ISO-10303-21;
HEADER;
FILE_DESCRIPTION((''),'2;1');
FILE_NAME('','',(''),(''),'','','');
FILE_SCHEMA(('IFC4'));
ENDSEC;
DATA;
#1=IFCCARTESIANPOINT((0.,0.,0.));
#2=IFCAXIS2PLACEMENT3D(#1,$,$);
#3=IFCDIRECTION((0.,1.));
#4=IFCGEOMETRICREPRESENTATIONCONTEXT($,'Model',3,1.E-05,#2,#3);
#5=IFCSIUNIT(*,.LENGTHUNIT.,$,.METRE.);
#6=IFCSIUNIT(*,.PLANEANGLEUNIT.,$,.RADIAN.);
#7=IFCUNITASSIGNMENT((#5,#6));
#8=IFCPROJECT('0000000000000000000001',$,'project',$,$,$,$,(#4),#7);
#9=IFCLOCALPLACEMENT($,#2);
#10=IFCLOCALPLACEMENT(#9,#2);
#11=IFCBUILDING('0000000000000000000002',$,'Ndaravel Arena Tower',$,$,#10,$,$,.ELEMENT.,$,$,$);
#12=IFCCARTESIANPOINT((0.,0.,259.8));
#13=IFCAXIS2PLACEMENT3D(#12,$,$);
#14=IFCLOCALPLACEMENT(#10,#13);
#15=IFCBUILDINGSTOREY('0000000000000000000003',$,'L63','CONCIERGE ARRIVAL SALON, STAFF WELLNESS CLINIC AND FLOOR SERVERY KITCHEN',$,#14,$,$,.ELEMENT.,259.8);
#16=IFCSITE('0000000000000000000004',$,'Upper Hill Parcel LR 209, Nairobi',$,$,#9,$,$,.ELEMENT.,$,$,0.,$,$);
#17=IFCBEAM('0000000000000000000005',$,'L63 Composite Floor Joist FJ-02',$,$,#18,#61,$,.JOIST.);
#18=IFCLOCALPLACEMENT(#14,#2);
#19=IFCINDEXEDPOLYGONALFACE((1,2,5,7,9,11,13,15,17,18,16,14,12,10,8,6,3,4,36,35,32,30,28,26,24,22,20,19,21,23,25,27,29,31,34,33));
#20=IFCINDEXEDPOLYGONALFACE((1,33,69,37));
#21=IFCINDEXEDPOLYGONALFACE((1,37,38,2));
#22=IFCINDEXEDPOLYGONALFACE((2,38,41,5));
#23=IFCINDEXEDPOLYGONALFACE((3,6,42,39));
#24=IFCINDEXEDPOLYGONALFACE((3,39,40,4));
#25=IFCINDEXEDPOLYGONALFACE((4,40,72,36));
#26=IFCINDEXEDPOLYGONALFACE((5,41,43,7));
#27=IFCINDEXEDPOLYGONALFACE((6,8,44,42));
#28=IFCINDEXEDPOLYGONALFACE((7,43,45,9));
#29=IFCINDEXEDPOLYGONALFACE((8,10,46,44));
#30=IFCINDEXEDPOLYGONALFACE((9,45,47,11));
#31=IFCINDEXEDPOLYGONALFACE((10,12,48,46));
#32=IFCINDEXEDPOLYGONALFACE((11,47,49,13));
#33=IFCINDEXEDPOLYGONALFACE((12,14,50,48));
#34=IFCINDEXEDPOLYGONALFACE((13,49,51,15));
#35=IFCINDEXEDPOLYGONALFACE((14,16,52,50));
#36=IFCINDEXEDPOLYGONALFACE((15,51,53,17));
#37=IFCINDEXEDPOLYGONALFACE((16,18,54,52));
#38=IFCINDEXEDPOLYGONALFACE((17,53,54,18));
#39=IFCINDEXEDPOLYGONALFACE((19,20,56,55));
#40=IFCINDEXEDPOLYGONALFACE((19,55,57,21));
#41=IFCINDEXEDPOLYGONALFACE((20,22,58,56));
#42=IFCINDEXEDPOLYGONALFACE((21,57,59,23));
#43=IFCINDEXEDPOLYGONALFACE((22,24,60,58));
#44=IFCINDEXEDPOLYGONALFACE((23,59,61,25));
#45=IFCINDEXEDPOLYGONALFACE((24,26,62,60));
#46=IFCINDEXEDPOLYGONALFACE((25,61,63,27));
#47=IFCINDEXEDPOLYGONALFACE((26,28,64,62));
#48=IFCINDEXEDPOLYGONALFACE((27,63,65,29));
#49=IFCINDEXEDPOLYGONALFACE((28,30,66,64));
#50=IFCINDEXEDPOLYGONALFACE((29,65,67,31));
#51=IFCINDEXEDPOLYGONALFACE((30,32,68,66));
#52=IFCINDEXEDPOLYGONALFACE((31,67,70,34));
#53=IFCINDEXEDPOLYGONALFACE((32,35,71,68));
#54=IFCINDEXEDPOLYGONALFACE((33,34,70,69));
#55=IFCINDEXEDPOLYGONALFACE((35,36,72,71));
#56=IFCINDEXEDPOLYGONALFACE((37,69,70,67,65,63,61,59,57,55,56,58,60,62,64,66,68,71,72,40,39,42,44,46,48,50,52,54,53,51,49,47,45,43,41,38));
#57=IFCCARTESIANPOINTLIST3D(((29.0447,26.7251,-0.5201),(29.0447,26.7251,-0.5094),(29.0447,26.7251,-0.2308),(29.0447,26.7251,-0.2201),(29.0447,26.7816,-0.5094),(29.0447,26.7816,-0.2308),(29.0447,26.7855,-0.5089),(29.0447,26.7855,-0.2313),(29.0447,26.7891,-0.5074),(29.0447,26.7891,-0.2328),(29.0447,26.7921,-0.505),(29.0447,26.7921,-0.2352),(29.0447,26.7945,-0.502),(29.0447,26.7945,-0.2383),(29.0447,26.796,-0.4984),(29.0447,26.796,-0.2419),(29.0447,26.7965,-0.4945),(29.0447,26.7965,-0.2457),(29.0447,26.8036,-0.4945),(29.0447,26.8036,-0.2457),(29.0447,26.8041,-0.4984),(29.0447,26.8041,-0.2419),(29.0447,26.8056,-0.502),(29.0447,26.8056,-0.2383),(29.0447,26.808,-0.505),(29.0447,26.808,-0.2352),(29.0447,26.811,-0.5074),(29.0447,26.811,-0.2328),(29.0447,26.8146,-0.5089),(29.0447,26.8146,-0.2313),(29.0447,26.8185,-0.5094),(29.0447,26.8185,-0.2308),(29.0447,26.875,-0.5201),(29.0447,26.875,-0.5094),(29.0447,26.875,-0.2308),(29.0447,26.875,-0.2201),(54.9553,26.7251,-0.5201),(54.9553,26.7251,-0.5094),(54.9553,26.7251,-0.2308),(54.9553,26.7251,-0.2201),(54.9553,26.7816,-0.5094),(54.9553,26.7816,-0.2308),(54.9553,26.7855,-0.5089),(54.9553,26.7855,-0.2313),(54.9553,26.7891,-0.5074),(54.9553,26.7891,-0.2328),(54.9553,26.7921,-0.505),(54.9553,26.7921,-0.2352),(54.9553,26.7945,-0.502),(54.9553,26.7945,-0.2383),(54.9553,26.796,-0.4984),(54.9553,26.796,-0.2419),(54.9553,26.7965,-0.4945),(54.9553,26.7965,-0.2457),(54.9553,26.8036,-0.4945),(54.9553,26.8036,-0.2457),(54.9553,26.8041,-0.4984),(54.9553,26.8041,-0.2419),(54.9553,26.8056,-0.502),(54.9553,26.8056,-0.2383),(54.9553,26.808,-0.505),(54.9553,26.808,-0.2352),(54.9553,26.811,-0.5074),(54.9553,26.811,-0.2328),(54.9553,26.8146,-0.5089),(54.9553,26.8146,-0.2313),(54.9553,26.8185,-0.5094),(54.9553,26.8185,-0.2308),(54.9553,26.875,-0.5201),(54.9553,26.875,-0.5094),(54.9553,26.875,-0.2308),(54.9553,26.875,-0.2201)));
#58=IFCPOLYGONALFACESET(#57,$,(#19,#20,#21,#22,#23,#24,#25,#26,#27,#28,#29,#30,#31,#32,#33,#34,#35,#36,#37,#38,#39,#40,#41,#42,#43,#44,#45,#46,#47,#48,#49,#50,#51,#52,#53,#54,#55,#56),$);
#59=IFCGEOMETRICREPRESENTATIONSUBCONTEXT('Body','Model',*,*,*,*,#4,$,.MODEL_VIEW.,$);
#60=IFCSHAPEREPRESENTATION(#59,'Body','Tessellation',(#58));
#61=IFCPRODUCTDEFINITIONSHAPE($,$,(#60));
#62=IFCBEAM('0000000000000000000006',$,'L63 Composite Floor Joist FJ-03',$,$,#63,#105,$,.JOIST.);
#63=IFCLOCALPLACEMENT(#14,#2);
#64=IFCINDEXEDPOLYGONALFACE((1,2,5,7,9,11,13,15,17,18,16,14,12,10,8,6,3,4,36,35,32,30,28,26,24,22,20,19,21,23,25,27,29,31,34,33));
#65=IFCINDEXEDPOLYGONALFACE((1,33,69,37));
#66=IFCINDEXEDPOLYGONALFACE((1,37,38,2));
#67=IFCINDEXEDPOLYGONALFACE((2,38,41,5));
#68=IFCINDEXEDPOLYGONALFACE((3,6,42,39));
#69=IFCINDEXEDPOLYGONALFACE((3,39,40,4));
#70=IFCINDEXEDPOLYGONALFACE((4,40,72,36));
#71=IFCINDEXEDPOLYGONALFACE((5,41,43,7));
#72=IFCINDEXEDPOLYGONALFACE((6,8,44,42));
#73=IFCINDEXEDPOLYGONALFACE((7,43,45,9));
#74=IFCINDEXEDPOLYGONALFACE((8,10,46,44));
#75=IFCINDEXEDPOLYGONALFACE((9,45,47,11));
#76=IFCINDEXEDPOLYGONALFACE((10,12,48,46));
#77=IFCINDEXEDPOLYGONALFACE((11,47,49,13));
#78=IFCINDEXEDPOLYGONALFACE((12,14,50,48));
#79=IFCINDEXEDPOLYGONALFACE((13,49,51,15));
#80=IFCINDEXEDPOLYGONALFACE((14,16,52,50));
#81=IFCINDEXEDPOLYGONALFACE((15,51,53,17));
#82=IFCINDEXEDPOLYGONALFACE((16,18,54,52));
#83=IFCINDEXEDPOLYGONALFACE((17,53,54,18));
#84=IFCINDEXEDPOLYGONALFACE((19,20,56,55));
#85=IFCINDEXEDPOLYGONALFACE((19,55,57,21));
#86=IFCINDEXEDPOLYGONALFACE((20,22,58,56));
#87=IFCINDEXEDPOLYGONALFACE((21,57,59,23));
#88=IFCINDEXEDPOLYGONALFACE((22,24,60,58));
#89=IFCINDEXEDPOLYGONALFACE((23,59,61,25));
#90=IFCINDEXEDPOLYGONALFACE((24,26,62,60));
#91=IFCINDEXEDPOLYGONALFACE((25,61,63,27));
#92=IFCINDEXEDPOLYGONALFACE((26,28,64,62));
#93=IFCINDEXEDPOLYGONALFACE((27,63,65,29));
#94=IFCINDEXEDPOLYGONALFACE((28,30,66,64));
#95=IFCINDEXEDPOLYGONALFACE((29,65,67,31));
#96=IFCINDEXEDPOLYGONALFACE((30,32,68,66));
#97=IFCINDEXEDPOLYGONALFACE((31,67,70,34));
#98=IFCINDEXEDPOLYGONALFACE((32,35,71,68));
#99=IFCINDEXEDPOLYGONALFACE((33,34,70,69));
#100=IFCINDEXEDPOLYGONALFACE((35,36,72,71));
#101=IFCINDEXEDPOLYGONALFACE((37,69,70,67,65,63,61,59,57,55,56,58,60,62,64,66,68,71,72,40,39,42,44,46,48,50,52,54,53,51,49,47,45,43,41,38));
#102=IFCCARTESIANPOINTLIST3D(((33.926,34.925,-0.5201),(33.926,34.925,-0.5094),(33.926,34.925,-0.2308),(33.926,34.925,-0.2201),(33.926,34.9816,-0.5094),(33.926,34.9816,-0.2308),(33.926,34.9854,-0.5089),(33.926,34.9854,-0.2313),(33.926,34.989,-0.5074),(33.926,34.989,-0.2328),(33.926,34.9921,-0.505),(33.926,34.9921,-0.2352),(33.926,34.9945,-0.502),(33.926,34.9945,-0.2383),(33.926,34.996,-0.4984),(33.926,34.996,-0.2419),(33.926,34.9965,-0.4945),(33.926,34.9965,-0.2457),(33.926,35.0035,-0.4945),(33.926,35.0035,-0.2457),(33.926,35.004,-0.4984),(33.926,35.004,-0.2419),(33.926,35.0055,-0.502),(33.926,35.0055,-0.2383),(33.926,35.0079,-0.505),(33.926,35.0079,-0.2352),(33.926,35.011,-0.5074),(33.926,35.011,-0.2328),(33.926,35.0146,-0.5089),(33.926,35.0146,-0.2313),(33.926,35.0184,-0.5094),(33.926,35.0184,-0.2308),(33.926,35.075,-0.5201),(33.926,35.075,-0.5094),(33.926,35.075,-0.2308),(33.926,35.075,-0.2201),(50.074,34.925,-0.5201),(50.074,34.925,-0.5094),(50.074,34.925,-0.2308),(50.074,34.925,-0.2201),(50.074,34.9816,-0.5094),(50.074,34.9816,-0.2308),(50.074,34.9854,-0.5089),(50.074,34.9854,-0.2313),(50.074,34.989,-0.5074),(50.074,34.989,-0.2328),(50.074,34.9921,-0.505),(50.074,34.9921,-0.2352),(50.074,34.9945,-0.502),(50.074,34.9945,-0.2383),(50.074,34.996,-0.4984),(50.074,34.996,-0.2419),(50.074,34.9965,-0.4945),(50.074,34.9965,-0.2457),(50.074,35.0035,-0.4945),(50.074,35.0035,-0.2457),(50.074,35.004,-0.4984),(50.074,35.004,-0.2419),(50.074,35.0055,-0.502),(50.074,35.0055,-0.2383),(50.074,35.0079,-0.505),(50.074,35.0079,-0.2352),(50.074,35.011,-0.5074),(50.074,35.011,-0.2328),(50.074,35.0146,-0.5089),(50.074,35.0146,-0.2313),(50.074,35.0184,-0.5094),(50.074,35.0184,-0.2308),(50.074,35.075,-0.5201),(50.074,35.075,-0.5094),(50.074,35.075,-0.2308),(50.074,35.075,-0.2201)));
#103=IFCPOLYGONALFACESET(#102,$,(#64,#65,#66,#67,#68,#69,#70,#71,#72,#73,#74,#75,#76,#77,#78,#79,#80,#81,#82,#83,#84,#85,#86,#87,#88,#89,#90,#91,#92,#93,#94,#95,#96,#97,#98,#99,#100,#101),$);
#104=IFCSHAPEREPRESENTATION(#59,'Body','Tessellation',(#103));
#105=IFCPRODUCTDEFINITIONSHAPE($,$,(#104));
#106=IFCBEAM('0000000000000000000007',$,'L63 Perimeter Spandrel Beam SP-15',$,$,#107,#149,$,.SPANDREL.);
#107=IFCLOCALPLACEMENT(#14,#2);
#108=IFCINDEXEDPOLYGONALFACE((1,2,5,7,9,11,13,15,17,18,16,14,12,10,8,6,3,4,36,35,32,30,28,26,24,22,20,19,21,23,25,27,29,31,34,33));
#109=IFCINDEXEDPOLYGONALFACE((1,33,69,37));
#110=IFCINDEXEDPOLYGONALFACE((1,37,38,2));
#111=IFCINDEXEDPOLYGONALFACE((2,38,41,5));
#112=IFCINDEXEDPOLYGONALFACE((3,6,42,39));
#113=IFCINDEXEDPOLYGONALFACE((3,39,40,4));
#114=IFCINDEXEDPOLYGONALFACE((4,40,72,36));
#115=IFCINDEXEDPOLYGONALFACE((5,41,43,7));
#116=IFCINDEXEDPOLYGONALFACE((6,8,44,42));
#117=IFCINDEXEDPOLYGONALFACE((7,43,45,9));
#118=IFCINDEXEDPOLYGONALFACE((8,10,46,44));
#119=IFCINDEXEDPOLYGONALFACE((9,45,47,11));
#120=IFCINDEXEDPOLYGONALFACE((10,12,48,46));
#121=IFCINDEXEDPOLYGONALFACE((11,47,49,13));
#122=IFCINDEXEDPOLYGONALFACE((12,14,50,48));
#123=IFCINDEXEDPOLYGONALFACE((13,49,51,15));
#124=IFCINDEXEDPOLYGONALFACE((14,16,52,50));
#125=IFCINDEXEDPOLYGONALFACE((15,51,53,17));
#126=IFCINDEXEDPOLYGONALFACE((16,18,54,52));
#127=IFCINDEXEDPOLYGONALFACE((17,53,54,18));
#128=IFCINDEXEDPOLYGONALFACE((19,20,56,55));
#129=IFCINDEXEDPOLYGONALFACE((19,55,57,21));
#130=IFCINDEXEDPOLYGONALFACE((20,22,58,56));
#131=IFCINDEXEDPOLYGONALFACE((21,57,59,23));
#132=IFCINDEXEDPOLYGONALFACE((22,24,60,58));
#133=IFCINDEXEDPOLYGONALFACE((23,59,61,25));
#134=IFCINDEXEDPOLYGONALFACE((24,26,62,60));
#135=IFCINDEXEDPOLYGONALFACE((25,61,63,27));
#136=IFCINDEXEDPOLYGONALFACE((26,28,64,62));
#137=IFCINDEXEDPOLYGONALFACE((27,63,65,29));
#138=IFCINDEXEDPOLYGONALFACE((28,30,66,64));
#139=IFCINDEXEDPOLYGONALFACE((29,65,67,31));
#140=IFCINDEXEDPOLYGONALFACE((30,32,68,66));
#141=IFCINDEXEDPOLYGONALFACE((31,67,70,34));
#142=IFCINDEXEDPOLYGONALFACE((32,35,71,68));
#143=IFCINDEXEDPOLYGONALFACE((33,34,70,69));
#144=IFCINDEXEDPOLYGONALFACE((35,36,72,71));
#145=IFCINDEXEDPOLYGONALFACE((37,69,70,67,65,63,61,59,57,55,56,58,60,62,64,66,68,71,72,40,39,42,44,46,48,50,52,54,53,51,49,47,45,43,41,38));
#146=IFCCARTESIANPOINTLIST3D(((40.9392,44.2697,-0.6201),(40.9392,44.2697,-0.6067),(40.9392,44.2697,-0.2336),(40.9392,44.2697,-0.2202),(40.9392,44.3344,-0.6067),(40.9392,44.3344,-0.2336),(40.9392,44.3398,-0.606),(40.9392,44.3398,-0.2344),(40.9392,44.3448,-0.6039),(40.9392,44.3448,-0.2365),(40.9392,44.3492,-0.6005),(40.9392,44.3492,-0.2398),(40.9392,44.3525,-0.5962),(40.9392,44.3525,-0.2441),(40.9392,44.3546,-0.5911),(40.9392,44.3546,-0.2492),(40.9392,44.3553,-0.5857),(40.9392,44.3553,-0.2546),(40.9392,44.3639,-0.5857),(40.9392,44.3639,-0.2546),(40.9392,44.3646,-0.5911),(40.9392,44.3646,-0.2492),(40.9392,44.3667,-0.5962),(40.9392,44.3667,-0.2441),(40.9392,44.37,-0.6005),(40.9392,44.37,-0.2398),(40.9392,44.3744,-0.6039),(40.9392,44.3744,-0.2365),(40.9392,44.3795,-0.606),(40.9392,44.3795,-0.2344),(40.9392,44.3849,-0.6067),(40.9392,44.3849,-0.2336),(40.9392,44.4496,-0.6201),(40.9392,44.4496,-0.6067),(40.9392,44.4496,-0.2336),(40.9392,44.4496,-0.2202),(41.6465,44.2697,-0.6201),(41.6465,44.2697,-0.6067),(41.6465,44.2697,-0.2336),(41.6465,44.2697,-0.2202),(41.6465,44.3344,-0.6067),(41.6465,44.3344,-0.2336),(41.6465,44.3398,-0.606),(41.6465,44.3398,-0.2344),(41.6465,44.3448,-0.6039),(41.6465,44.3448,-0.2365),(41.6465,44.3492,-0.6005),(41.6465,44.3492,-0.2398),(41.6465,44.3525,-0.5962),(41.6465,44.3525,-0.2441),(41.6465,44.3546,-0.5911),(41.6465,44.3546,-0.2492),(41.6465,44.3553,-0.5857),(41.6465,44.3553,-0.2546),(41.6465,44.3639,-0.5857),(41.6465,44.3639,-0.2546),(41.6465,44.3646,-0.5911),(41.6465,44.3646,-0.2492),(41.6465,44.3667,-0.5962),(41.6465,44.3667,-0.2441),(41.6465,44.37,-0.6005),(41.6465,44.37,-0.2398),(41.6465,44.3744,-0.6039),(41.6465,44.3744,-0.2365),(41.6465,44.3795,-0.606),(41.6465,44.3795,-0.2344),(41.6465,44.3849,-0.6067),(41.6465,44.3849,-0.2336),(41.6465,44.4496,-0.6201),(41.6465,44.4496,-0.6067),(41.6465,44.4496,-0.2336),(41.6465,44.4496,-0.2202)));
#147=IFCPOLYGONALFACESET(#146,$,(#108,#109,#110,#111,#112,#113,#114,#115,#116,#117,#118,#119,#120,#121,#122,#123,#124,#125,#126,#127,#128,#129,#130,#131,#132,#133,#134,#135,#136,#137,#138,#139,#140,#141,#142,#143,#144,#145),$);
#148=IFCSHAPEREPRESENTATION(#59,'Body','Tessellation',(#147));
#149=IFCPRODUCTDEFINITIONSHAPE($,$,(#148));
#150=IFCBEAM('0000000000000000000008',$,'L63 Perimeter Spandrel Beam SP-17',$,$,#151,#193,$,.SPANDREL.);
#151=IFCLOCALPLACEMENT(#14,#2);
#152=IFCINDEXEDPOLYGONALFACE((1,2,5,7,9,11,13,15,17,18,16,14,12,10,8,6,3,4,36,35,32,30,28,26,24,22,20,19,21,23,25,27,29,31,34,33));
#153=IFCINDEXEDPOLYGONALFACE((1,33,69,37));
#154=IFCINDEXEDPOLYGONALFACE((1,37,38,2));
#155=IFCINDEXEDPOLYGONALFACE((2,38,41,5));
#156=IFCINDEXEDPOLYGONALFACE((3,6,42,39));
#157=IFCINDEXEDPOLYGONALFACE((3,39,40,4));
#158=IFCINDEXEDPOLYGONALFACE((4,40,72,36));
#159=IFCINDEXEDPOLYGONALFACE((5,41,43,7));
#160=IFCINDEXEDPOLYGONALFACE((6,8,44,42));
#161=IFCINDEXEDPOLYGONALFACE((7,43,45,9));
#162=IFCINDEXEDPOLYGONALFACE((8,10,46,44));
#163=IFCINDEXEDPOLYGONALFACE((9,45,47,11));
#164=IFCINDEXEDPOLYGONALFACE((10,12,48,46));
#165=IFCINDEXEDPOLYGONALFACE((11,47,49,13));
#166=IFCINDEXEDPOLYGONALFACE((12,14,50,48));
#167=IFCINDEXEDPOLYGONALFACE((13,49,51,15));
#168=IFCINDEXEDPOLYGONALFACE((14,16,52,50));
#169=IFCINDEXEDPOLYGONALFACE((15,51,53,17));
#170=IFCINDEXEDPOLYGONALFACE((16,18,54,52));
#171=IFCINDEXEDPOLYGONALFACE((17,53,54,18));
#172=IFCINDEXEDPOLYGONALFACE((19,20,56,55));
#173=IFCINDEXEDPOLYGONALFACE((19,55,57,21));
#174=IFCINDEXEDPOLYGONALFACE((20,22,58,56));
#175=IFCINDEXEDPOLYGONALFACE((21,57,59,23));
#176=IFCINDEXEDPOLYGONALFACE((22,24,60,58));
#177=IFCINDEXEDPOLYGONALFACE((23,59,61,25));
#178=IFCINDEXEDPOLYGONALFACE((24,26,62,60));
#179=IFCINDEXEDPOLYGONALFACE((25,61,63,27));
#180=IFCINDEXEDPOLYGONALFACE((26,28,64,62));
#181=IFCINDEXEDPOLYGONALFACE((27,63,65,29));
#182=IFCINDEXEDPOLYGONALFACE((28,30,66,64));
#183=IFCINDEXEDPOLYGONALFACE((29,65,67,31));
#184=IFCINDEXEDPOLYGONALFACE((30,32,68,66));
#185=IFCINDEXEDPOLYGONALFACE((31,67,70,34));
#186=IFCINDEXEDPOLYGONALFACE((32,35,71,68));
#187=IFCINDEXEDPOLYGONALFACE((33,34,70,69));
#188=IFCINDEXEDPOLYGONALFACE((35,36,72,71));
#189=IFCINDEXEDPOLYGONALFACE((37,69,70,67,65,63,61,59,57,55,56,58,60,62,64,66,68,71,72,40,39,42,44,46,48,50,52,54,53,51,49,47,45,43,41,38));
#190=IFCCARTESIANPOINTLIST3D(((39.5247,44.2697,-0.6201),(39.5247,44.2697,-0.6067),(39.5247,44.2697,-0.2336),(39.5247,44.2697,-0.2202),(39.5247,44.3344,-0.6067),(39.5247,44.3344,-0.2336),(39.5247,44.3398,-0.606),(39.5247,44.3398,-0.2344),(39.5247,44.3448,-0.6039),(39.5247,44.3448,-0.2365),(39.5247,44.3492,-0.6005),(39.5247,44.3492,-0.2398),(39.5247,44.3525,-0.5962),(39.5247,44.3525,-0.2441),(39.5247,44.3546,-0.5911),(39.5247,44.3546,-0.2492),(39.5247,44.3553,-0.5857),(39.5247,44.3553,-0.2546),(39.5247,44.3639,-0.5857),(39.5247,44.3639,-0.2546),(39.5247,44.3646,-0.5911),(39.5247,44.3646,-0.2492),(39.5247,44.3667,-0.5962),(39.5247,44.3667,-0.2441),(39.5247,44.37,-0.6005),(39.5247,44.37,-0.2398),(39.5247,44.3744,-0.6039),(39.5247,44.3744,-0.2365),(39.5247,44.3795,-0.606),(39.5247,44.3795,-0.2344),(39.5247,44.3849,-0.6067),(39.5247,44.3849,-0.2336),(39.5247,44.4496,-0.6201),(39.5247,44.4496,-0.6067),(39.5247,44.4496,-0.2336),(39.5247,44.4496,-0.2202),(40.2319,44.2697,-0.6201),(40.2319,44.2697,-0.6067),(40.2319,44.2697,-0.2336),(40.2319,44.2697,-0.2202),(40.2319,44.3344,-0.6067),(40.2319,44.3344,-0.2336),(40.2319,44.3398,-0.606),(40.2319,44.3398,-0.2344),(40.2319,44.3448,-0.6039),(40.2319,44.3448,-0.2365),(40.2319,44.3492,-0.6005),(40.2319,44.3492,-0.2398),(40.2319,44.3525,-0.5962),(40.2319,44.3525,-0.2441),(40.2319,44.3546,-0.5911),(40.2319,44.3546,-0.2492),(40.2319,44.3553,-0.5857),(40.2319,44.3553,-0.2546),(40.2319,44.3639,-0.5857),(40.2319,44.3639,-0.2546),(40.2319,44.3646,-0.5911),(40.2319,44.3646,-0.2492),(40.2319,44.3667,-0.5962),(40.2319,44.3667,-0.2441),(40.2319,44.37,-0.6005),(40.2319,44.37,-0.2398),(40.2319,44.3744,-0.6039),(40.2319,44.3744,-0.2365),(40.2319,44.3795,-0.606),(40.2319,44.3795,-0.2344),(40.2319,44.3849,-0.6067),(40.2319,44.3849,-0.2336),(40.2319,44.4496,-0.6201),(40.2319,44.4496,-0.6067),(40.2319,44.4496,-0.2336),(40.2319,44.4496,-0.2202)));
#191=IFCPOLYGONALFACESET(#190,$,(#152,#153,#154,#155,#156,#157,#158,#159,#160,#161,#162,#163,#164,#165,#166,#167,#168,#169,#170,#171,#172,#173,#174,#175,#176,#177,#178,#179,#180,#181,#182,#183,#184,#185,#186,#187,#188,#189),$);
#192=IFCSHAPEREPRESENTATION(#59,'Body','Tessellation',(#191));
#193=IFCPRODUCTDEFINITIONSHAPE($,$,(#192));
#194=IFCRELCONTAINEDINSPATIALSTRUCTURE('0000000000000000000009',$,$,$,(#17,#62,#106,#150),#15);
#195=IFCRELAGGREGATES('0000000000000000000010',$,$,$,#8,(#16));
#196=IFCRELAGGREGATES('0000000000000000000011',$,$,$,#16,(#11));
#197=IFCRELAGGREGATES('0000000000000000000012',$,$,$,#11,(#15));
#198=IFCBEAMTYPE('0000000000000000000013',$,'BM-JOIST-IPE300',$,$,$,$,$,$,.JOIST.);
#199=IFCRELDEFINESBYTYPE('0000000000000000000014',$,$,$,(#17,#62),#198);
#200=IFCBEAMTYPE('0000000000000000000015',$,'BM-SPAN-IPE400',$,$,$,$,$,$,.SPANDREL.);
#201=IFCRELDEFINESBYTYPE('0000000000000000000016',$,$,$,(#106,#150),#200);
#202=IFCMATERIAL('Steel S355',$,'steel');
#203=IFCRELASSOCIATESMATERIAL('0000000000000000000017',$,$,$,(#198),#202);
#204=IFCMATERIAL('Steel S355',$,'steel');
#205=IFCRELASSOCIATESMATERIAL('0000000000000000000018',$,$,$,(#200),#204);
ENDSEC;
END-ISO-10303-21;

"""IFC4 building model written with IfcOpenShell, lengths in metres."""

from ifc_helpers import new_model, si_unit, direction, frame, origin, origin_2d, place, context, subcontext, project, spatial, i_section, extrude, material, material_profile, profile_set, type_object, element, save


model = new_model("IFC4")

# Units and contexts
model_context = context("Model", 3, precision=1e-05, world=origin(), true_north=direction((0.0, 1.0)))
body_context = subcontext(model_context, "Body", "Model", "MODEL_VIEW")
ifc_project = project(units=[si_unit("LENGTHUNIT", "METRE"), si_unit("PLANEANGLEUNIT", "RADIAN")], contexts=[model_context])

# Site, building, storey
site_placement = place(None, origin())
site = spatial("IfcSite", under=ifc_project, at=site_placement, Name="Upper Hill Parcel LR 209, Nairobi", CompositionType="ELEMENT", RefElevation=0.0)
building_placement = place(site_placement, origin())
building = spatial("IfcBuilding", under=site, at=building_placement, Name="Ndaravel Arena Tower", CompositionType="ELEMENT")
storey_placement = place(building_placement, frame((0.0, 0.0, 259.8)))
storey = spatial("IfcBuildingStorey", under=building, at=storey_placement, Name="L63", Description="CONCIERGE ARRIVAL SALON, STAFF WELLNESS CLINIC AND FLOOR SERVERY KITCHEN", CompositionType="ELEMENT", Elevation=259.8)

# Beams
ifc_material_1 = material(Name="Steel S355", Category="steel")
ifc_material_profile_1 = material_profile(ifc_material_1, i_section(OverallWidth=0.1499, OverallDepth=0.3, WebThickness=0.0071, FlangeThickness=0.0107, FilletRadius=0.0149, at=origin_2d()), Name="IPE 300")
ifc_profile_set_1 = profile_set([ifc_material_profile_1], Name="Steel S355")
beam_type_1 = type_object("IfcBeamType", Name="BM-JOIST-IPE300", PredefinedType="JOIST", material=ifc_profile_set_1)
beam_1_placement = place(storey_placement, frame((29.0447, 26.8, -0.3701), z_axis=(1.0, 0.0, 0.0), x_axis=(0.0, 1.0, 0.0)))
element("IfcBeam", 1, at=beam_1_placement, inside=storey, type_object=beam_type_1, Name="L63 Composite Floor Joist FJ-02", PredefinedType="JOIST", context=body_context, shape_type="SweptSolid", body=[
    extrude(i_section(OverallWidth=0.1499, OverallDepth=0.3, WebThickness=0.0071, FlangeThickness=0.0107, FilletRadius=0.0149, at=origin_2d()), origin(), (0.0, 0.0, 1.0), 25.9106),
])
beam_2_placement = place(storey_placement, frame((33.926, 35.0, -0.3701), z_axis=(1.0, 0.0, 0.0), x_axis=(0.0, 1.0, 0.0)))
element("IfcBeam", 2, at=beam_2_placement, inside=storey, type_object=beam_type_1, Name="L63 Composite Floor Joist FJ-03", PredefinedType="JOIST", context=body_context, shape_type="SweptSolid", body=[
    extrude(i_section(OverallWidth=0.1499, OverallDepth=0.3, WebThickness=0.0071, FlangeThickness=0.0107, FilletRadius=0.0149, at=origin_2d()), origin(), (0.0, 0.0, 1.0), 16.1479),
])
ifc_material_2 = material(Name="Steel S355", Category="steel")
ifc_material_profile_2 = material_profile(ifc_material_2, i_section(OverallWidth=0.1799, OverallDepth=0.3999, WebThickness=0.0085, FlangeThickness=0.0134, FilletRadius=0.021, at=origin_2d()), Name="IPE 400")
ifc_profile_set_2 = profile_set([ifc_material_profile_2], Name="Steel S355")
beam_type_2 = type_object("IfcBeamType", Name="BM-SPAN-IPE400", PredefinedType="SPANDREL", material=ifc_profile_set_2)
for number, where, z_axis, x_axis, name in (
    (3, (41.6465, 44.3596, -0.4202), (-1.0, 0.0, 0.0), (0.0, -1.0, 0.0), "L63 Perimeter Spandrel Beam SP-15"),
    (4, (40.2319, 44.3596, -0.4202), (-1.0, 0.0, 0.0), (0.0, -1.0, 0.0), "L63 Perimeter Spandrel Beam SP-17"),
):
    element("IfcBeam", number, at=place(storey_placement, frame(where, z_axis=z_axis, x_axis=x_axis)), inside=storey, type_object=beam_type_2, Name=name, PredefinedType="SPANDREL", context=body_context, shape_type="SweptSolid", body=[
        extrude(i_section(OverallWidth=0.1799, OverallDepth=0.3999, WebThickness=0.0085, FlangeThickness=0.0134, FilletRadius=0.021, at=origin_2d()), origin(), (0.0, 0.0, 1.0), 0.7073),
    ])

save(model, "model.ifc")
